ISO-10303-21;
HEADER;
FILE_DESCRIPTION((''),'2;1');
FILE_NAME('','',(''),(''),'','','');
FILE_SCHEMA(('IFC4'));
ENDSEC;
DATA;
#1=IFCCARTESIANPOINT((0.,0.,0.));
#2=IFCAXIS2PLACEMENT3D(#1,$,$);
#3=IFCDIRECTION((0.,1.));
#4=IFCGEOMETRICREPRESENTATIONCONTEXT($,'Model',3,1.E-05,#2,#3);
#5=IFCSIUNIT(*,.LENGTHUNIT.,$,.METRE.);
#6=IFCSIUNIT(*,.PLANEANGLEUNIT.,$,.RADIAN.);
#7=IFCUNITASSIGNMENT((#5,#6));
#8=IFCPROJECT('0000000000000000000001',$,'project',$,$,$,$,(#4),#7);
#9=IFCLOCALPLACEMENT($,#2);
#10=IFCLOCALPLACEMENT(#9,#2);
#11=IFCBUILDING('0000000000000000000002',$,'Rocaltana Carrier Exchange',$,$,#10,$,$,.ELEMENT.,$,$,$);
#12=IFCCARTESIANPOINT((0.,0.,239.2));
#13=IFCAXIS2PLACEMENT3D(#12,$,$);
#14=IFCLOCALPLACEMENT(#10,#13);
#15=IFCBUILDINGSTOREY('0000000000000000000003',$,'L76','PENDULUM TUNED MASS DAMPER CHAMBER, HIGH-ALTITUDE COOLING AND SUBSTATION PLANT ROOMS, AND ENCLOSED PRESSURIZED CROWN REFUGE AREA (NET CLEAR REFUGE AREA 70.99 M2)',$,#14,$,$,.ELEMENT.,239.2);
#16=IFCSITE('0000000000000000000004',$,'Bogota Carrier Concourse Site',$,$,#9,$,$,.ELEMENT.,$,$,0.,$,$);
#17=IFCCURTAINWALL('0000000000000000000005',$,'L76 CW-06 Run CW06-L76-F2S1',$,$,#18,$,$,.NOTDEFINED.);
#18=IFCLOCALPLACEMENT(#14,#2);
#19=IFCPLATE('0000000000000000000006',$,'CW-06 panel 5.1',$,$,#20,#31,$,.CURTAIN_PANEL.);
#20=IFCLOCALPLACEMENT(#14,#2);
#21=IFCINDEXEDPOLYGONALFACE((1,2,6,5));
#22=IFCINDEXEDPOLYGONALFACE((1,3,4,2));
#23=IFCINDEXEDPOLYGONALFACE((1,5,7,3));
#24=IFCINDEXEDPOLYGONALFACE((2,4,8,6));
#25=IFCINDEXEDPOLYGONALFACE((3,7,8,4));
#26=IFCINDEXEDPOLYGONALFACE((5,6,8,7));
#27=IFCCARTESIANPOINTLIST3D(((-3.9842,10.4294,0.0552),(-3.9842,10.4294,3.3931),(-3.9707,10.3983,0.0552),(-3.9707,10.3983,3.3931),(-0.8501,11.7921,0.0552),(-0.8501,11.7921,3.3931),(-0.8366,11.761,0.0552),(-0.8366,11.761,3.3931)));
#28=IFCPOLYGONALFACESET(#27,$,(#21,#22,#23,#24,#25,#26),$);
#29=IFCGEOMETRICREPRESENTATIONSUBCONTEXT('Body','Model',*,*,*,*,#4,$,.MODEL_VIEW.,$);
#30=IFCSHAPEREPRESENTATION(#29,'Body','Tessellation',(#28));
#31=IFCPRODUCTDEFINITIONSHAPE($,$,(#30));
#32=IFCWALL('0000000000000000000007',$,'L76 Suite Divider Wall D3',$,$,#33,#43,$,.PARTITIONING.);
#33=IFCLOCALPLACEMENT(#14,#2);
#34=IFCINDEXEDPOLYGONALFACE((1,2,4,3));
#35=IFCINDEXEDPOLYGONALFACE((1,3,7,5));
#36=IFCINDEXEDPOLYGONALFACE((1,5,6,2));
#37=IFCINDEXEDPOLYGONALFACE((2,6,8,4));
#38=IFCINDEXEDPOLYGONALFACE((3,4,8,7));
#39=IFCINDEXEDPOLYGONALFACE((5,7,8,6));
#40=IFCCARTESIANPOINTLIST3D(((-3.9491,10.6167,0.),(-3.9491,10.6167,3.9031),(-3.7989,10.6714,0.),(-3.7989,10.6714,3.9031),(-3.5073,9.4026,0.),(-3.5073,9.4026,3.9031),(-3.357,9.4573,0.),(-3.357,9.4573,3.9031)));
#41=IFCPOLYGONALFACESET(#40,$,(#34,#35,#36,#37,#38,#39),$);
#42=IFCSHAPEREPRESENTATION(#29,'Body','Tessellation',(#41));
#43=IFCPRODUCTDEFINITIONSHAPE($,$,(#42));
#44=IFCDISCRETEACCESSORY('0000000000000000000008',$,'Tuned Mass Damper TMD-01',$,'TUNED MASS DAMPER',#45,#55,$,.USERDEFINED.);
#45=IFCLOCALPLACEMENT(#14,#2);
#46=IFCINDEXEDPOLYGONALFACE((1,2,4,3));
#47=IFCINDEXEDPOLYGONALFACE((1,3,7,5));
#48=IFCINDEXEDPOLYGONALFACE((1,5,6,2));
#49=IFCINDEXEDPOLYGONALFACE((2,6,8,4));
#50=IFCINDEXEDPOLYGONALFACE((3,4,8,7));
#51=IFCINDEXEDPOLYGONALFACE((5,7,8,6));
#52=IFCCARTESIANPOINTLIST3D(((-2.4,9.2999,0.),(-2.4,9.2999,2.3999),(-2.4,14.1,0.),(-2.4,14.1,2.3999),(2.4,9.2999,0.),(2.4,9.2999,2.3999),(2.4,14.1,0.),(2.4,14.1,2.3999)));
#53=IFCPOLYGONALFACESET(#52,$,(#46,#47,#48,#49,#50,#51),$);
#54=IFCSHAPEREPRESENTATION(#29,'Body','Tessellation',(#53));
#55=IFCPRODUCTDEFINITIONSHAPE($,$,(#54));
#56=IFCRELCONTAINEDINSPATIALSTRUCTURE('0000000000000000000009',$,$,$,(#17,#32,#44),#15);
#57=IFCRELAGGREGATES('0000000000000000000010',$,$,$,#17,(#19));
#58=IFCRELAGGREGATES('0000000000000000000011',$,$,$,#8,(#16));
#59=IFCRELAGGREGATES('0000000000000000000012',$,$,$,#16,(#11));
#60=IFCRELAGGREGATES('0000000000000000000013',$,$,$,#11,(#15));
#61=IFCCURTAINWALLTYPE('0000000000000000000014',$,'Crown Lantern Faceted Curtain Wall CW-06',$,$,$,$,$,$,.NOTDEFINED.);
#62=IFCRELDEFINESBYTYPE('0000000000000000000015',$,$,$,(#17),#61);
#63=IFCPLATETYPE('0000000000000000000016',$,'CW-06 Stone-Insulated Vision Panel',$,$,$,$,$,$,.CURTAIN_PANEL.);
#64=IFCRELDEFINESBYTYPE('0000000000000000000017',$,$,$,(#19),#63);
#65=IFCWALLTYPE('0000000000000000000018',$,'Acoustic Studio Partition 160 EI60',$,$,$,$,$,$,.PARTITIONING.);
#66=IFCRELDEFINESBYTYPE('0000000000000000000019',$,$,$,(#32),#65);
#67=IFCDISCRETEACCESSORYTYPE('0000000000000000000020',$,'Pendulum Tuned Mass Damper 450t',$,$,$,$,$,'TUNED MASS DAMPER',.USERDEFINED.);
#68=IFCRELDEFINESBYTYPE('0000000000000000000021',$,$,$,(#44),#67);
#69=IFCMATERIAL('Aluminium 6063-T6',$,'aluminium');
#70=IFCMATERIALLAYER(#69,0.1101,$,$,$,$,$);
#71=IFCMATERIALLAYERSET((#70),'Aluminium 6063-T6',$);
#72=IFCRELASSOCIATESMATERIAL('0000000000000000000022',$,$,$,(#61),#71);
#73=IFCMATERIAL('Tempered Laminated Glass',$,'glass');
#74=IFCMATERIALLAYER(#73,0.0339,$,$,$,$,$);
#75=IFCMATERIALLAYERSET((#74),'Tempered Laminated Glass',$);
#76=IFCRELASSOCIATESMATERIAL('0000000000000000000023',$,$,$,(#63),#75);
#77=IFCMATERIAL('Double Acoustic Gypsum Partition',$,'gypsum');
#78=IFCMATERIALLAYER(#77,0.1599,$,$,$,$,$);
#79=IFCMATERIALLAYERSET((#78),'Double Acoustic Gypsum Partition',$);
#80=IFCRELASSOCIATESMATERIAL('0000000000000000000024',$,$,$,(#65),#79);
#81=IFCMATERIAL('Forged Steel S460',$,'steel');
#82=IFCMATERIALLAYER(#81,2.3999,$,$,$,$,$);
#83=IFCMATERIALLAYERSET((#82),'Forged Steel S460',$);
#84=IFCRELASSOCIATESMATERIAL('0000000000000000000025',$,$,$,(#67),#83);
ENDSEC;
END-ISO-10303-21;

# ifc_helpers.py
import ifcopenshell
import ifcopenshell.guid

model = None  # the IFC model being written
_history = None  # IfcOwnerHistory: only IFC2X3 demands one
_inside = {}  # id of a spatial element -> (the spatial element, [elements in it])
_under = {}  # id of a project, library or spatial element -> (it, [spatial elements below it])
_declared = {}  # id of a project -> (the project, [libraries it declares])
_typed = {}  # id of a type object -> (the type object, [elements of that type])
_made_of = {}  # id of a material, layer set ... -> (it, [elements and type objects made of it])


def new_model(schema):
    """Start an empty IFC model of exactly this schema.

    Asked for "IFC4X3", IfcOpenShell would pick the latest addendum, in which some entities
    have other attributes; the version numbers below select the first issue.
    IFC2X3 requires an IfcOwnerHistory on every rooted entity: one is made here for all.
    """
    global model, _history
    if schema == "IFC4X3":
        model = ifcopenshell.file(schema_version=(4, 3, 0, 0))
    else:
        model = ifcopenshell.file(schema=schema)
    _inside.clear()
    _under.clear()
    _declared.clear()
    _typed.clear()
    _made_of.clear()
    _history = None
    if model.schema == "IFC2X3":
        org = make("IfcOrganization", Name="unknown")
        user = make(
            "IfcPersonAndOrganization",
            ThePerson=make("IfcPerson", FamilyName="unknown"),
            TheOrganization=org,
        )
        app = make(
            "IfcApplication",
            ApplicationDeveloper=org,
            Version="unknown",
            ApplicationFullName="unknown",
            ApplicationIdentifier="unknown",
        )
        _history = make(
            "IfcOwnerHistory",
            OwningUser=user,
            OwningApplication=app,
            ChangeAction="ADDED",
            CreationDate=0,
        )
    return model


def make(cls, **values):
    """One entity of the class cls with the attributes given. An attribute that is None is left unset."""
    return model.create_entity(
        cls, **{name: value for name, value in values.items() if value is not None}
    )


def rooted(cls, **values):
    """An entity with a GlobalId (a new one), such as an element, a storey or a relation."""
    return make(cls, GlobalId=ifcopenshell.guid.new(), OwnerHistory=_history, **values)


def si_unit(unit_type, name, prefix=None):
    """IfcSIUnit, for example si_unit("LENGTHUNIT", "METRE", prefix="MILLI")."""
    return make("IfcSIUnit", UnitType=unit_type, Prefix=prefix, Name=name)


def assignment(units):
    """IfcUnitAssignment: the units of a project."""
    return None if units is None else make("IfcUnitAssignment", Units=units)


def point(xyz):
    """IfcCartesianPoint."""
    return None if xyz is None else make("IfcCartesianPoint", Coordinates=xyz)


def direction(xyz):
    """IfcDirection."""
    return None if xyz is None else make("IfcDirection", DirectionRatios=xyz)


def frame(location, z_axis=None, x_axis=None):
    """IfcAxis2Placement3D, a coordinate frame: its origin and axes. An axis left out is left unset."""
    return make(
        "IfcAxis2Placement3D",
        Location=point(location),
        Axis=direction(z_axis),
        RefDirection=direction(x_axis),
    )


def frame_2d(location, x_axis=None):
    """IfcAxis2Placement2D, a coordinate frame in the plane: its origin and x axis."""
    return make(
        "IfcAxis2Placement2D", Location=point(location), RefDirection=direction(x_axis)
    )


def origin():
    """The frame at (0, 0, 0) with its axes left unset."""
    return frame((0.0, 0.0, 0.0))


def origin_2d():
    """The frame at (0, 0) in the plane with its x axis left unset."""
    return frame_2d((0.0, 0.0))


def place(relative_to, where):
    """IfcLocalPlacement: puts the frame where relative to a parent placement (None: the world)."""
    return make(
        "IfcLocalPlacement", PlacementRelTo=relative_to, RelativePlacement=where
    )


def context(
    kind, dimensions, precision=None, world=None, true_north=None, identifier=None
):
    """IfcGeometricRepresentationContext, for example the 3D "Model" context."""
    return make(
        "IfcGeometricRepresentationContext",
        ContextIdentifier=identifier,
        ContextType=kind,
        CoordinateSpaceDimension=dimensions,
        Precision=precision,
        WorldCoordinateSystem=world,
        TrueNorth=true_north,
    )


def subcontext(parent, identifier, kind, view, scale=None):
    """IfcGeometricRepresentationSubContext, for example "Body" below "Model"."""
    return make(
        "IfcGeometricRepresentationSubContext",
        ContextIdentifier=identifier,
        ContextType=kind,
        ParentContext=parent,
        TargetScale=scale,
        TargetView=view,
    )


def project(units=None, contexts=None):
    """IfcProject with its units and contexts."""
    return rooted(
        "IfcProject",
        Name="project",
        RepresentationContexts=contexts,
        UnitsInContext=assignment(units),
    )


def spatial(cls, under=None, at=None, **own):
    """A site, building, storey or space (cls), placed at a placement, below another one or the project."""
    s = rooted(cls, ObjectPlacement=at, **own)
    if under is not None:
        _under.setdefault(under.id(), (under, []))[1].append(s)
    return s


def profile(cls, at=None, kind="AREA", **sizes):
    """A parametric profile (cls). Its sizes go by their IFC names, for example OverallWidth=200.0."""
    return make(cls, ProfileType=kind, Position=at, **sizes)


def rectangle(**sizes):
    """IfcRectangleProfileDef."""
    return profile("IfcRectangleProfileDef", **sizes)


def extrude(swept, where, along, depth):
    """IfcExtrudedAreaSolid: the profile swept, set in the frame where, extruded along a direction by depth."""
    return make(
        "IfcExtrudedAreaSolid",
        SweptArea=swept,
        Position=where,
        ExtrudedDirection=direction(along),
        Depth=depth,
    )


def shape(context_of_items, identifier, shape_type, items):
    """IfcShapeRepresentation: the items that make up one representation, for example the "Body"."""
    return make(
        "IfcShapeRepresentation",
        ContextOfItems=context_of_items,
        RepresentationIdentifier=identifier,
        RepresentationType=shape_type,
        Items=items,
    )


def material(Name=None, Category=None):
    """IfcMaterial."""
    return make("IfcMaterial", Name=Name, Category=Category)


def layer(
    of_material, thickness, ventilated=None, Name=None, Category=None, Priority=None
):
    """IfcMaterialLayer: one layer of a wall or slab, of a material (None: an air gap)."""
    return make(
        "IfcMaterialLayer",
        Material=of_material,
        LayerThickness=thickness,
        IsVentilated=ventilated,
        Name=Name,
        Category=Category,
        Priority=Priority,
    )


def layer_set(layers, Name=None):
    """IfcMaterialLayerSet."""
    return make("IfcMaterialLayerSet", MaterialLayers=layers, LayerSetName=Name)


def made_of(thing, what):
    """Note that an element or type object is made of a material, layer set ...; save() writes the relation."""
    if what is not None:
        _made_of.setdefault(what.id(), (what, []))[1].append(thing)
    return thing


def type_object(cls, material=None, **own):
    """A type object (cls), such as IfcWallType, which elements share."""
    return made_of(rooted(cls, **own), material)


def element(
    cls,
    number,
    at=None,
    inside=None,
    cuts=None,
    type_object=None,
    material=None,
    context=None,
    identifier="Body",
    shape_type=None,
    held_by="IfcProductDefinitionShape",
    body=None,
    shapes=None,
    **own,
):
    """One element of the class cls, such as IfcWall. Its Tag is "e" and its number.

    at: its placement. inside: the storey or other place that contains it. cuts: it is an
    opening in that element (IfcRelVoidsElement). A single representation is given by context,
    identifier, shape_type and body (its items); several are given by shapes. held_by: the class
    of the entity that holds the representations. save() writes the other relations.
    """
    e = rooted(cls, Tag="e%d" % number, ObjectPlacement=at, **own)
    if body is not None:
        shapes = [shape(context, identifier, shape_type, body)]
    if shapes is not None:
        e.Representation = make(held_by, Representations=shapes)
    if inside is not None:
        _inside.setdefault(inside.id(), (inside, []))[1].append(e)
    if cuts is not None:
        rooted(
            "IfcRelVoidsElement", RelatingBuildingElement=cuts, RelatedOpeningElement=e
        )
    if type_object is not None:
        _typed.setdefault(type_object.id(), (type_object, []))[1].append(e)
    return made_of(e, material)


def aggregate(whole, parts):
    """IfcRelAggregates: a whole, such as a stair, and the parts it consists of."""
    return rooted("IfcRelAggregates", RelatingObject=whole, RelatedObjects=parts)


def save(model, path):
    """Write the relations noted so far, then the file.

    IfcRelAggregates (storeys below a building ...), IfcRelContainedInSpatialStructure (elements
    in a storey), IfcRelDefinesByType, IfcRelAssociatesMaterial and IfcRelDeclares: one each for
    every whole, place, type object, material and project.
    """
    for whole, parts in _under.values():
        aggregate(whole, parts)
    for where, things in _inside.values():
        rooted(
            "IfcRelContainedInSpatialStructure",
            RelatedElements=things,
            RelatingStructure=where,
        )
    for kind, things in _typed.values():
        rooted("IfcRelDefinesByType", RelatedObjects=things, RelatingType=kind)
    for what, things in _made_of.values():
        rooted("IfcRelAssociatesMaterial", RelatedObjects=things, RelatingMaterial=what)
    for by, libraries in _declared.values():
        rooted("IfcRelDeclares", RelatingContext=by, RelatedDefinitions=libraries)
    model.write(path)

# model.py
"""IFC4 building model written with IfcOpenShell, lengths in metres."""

from ifc_helpers import new_model, si_unit, direction, frame, frame_2d, origin, origin_2d, place, context, subcontext, project, spatial, rectangle, extrude, material, layer, layer_set, type_object, element, aggregate, save


model = new_model("IFC4")

# Units and contexts
model_context = context("Model", 3, precision=1e-05, world=origin(), true_north=direction((0.0, 1.0)))
body_context = subcontext(model_context, "Body", "Model", "MODEL_VIEW")
ifc_project = project(units=[si_unit("LENGTHUNIT", "METRE"), si_unit("PLANEANGLEUNIT", "RADIAN")], contexts=[model_context])

# Site, building, storey
site_placement = place(None, origin())
site = spatial("IfcSite", under=ifc_project, at=site_placement, Name="Bogota Carrier Concourse Site", CompositionType="ELEMENT", RefElevation=0.0)
building_placement = place(site_placement, origin())
building = spatial("IfcBuilding", under=site, at=building_placement, Name="Rocaltana Carrier Exchange", CompositionType="ELEMENT")
storey_placement = place(building_placement, frame((0.0, 0.0, 239.2)))
storey = spatial("IfcBuildingStorey", under=building, at=storey_placement, Name="L76", Description="PENDULUM TUNED MASS DAMPER CHAMBER, HIGH-ALTITUDE COOLING AND SUBSTATION PLANT ROOMS, AND ENCLOSED PRESSURIZED CROWN REFUGE AREA (NET CLEAR REFUGE AREA 70.99 M2)", CompositionType="ELEMENT", Elevation=239.2)

# Curtain wall
ifc_material_1 = material(Name="Aluminium 6063-T6", Category="aluminium")
ifc_layer_1 = layer(ifc_material_1, 0.1101)
ifc_layer_set_1 = layer_set([ifc_layer_1], Name="Aluminium 6063-T6")
curtain_wall_type = type_object("IfcCurtainWallType", Name="Crown Lantern Faceted Curtain Wall CW-06", PredefinedType="NOTDEFINED", material=ifc_layer_set_1)
curtain_wall_1_placement = place(storey_placement, origin())
curtain_wall_1 = element("IfcCurtainWall", 1, at=curtain_wall_1_placement, inside=storey, type_object=curtain_wall_type, Name="L76 CW-06 Run CW06-L76-F2S1", PredefinedType="NOTDEFINED")

# Plate
ifc_material_2 = material(Name="Tempered Laminated Glass", Category="glass")
ifc_layer_2 = layer(ifc_material_2, 0.0339)
ifc_layer_set_2 = layer_set([ifc_layer_2], Name="Tempered Laminated Glass")
plate_type_1 = type_object("IfcPlateType", Name="CW-06 Stone-Insulated Vision Panel", PredefinedType="CURTAIN_PANEL", material=ifc_layer_set_2)
plate_1_placement = place(storey_placement, frame((-2.4104, 11.0952, 0.0552), z_axis=(0.0, 0.0, 1.0), x_axis=(-0.91706, -0.39875, 0.0)))
plate_1 = element("IfcPlate", 2, at=plate_1_placement, type_object=plate_type_1, Name="CW-06 panel 5.1", PredefinedType="CURTAIN_PANEL", context=body_context, shape_type="SweptSolid", body=[
    extrude(rectangle(XDim=3.4175, YDim=0.0339, at=origin_2d()), origin(), (0.0, 0.0, 1.0), 3.3379),
])
aggregate(curtain_wall_1, [plate_1])

# Wall
ifc_material_3 = material(Name="Double Acoustic Gypsum Partition", Category="gypsum")
ifc_layer_3 = layer(ifc_material_3, 0.1599)
ifc_layer_set_3 = layer_set([ifc_layer_3], Name="Double Acoustic Gypsum Partition")
wall_type = type_object("IfcWallType", Name="Acoustic Studio Partition 160 EI60", PredefinedType="PARTITIONING", material=ifc_layer_set_3)
wall_placement = place(storey_placement, frame((-3.4321, 9.4299, 0.0), z_axis=(0.0, 0.0, 1.0), x_axis=(-0.342016, 0.939694, 0.0)))
element("IfcWall", 3, at=wall_placement, inside=storey, type_object=wall_type, Name="L76 Suite Divider Wall D3", PredefinedType="PARTITIONING", context=body_context, shape_type="SweptSolid", body=[
    extrude(rectangle(XDim=1.292, YDim=0.1599, at=frame_2d((0.646, 0.0))), origin(), (0.0, 0.0, 1.0), 3.9031),
])

# Discrete accessory
ifc_material_4 = material(Name="Forged Steel S460", Category="steel")
ifc_layer_4 = layer(ifc_material_4, 2.3999)
ifc_layer_set_4 = layer_set([ifc_layer_4], Name="Forged Steel S460")
discrete_accessory_type = type_object("IfcDiscreteAccessoryType", Name="Pendulum Tuned Mass Damper 450t", ElementType="TUNED MASS DAMPER", PredefinedType="USERDEFINED", material=ifc_layer_set_4)
discrete_accessory_placement = place(storey_placement, frame((0.0, 11.7, 0.0), z_axis=(0.0, 0.0, 1.0), x_axis=(1.0, 0.0, 0.0)))
element("IfcDiscreteAccessory", 4, at=discrete_accessory_placement, inside=storey, type_object=discrete_accessory_type, Name="Tuned Mass Damper TMD-01", ObjectType="TUNED MASS DAMPER", PredefinedType="USERDEFINED", context=body_context, shape_type="SweptSolid", body=[
    extrude(rectangle(XDim=4.8, YDim=4.8, at=origin_2d()), origin(), (0.0, 0.0, 1.0), 2.3999),
])

save(model, "model.ifc")
